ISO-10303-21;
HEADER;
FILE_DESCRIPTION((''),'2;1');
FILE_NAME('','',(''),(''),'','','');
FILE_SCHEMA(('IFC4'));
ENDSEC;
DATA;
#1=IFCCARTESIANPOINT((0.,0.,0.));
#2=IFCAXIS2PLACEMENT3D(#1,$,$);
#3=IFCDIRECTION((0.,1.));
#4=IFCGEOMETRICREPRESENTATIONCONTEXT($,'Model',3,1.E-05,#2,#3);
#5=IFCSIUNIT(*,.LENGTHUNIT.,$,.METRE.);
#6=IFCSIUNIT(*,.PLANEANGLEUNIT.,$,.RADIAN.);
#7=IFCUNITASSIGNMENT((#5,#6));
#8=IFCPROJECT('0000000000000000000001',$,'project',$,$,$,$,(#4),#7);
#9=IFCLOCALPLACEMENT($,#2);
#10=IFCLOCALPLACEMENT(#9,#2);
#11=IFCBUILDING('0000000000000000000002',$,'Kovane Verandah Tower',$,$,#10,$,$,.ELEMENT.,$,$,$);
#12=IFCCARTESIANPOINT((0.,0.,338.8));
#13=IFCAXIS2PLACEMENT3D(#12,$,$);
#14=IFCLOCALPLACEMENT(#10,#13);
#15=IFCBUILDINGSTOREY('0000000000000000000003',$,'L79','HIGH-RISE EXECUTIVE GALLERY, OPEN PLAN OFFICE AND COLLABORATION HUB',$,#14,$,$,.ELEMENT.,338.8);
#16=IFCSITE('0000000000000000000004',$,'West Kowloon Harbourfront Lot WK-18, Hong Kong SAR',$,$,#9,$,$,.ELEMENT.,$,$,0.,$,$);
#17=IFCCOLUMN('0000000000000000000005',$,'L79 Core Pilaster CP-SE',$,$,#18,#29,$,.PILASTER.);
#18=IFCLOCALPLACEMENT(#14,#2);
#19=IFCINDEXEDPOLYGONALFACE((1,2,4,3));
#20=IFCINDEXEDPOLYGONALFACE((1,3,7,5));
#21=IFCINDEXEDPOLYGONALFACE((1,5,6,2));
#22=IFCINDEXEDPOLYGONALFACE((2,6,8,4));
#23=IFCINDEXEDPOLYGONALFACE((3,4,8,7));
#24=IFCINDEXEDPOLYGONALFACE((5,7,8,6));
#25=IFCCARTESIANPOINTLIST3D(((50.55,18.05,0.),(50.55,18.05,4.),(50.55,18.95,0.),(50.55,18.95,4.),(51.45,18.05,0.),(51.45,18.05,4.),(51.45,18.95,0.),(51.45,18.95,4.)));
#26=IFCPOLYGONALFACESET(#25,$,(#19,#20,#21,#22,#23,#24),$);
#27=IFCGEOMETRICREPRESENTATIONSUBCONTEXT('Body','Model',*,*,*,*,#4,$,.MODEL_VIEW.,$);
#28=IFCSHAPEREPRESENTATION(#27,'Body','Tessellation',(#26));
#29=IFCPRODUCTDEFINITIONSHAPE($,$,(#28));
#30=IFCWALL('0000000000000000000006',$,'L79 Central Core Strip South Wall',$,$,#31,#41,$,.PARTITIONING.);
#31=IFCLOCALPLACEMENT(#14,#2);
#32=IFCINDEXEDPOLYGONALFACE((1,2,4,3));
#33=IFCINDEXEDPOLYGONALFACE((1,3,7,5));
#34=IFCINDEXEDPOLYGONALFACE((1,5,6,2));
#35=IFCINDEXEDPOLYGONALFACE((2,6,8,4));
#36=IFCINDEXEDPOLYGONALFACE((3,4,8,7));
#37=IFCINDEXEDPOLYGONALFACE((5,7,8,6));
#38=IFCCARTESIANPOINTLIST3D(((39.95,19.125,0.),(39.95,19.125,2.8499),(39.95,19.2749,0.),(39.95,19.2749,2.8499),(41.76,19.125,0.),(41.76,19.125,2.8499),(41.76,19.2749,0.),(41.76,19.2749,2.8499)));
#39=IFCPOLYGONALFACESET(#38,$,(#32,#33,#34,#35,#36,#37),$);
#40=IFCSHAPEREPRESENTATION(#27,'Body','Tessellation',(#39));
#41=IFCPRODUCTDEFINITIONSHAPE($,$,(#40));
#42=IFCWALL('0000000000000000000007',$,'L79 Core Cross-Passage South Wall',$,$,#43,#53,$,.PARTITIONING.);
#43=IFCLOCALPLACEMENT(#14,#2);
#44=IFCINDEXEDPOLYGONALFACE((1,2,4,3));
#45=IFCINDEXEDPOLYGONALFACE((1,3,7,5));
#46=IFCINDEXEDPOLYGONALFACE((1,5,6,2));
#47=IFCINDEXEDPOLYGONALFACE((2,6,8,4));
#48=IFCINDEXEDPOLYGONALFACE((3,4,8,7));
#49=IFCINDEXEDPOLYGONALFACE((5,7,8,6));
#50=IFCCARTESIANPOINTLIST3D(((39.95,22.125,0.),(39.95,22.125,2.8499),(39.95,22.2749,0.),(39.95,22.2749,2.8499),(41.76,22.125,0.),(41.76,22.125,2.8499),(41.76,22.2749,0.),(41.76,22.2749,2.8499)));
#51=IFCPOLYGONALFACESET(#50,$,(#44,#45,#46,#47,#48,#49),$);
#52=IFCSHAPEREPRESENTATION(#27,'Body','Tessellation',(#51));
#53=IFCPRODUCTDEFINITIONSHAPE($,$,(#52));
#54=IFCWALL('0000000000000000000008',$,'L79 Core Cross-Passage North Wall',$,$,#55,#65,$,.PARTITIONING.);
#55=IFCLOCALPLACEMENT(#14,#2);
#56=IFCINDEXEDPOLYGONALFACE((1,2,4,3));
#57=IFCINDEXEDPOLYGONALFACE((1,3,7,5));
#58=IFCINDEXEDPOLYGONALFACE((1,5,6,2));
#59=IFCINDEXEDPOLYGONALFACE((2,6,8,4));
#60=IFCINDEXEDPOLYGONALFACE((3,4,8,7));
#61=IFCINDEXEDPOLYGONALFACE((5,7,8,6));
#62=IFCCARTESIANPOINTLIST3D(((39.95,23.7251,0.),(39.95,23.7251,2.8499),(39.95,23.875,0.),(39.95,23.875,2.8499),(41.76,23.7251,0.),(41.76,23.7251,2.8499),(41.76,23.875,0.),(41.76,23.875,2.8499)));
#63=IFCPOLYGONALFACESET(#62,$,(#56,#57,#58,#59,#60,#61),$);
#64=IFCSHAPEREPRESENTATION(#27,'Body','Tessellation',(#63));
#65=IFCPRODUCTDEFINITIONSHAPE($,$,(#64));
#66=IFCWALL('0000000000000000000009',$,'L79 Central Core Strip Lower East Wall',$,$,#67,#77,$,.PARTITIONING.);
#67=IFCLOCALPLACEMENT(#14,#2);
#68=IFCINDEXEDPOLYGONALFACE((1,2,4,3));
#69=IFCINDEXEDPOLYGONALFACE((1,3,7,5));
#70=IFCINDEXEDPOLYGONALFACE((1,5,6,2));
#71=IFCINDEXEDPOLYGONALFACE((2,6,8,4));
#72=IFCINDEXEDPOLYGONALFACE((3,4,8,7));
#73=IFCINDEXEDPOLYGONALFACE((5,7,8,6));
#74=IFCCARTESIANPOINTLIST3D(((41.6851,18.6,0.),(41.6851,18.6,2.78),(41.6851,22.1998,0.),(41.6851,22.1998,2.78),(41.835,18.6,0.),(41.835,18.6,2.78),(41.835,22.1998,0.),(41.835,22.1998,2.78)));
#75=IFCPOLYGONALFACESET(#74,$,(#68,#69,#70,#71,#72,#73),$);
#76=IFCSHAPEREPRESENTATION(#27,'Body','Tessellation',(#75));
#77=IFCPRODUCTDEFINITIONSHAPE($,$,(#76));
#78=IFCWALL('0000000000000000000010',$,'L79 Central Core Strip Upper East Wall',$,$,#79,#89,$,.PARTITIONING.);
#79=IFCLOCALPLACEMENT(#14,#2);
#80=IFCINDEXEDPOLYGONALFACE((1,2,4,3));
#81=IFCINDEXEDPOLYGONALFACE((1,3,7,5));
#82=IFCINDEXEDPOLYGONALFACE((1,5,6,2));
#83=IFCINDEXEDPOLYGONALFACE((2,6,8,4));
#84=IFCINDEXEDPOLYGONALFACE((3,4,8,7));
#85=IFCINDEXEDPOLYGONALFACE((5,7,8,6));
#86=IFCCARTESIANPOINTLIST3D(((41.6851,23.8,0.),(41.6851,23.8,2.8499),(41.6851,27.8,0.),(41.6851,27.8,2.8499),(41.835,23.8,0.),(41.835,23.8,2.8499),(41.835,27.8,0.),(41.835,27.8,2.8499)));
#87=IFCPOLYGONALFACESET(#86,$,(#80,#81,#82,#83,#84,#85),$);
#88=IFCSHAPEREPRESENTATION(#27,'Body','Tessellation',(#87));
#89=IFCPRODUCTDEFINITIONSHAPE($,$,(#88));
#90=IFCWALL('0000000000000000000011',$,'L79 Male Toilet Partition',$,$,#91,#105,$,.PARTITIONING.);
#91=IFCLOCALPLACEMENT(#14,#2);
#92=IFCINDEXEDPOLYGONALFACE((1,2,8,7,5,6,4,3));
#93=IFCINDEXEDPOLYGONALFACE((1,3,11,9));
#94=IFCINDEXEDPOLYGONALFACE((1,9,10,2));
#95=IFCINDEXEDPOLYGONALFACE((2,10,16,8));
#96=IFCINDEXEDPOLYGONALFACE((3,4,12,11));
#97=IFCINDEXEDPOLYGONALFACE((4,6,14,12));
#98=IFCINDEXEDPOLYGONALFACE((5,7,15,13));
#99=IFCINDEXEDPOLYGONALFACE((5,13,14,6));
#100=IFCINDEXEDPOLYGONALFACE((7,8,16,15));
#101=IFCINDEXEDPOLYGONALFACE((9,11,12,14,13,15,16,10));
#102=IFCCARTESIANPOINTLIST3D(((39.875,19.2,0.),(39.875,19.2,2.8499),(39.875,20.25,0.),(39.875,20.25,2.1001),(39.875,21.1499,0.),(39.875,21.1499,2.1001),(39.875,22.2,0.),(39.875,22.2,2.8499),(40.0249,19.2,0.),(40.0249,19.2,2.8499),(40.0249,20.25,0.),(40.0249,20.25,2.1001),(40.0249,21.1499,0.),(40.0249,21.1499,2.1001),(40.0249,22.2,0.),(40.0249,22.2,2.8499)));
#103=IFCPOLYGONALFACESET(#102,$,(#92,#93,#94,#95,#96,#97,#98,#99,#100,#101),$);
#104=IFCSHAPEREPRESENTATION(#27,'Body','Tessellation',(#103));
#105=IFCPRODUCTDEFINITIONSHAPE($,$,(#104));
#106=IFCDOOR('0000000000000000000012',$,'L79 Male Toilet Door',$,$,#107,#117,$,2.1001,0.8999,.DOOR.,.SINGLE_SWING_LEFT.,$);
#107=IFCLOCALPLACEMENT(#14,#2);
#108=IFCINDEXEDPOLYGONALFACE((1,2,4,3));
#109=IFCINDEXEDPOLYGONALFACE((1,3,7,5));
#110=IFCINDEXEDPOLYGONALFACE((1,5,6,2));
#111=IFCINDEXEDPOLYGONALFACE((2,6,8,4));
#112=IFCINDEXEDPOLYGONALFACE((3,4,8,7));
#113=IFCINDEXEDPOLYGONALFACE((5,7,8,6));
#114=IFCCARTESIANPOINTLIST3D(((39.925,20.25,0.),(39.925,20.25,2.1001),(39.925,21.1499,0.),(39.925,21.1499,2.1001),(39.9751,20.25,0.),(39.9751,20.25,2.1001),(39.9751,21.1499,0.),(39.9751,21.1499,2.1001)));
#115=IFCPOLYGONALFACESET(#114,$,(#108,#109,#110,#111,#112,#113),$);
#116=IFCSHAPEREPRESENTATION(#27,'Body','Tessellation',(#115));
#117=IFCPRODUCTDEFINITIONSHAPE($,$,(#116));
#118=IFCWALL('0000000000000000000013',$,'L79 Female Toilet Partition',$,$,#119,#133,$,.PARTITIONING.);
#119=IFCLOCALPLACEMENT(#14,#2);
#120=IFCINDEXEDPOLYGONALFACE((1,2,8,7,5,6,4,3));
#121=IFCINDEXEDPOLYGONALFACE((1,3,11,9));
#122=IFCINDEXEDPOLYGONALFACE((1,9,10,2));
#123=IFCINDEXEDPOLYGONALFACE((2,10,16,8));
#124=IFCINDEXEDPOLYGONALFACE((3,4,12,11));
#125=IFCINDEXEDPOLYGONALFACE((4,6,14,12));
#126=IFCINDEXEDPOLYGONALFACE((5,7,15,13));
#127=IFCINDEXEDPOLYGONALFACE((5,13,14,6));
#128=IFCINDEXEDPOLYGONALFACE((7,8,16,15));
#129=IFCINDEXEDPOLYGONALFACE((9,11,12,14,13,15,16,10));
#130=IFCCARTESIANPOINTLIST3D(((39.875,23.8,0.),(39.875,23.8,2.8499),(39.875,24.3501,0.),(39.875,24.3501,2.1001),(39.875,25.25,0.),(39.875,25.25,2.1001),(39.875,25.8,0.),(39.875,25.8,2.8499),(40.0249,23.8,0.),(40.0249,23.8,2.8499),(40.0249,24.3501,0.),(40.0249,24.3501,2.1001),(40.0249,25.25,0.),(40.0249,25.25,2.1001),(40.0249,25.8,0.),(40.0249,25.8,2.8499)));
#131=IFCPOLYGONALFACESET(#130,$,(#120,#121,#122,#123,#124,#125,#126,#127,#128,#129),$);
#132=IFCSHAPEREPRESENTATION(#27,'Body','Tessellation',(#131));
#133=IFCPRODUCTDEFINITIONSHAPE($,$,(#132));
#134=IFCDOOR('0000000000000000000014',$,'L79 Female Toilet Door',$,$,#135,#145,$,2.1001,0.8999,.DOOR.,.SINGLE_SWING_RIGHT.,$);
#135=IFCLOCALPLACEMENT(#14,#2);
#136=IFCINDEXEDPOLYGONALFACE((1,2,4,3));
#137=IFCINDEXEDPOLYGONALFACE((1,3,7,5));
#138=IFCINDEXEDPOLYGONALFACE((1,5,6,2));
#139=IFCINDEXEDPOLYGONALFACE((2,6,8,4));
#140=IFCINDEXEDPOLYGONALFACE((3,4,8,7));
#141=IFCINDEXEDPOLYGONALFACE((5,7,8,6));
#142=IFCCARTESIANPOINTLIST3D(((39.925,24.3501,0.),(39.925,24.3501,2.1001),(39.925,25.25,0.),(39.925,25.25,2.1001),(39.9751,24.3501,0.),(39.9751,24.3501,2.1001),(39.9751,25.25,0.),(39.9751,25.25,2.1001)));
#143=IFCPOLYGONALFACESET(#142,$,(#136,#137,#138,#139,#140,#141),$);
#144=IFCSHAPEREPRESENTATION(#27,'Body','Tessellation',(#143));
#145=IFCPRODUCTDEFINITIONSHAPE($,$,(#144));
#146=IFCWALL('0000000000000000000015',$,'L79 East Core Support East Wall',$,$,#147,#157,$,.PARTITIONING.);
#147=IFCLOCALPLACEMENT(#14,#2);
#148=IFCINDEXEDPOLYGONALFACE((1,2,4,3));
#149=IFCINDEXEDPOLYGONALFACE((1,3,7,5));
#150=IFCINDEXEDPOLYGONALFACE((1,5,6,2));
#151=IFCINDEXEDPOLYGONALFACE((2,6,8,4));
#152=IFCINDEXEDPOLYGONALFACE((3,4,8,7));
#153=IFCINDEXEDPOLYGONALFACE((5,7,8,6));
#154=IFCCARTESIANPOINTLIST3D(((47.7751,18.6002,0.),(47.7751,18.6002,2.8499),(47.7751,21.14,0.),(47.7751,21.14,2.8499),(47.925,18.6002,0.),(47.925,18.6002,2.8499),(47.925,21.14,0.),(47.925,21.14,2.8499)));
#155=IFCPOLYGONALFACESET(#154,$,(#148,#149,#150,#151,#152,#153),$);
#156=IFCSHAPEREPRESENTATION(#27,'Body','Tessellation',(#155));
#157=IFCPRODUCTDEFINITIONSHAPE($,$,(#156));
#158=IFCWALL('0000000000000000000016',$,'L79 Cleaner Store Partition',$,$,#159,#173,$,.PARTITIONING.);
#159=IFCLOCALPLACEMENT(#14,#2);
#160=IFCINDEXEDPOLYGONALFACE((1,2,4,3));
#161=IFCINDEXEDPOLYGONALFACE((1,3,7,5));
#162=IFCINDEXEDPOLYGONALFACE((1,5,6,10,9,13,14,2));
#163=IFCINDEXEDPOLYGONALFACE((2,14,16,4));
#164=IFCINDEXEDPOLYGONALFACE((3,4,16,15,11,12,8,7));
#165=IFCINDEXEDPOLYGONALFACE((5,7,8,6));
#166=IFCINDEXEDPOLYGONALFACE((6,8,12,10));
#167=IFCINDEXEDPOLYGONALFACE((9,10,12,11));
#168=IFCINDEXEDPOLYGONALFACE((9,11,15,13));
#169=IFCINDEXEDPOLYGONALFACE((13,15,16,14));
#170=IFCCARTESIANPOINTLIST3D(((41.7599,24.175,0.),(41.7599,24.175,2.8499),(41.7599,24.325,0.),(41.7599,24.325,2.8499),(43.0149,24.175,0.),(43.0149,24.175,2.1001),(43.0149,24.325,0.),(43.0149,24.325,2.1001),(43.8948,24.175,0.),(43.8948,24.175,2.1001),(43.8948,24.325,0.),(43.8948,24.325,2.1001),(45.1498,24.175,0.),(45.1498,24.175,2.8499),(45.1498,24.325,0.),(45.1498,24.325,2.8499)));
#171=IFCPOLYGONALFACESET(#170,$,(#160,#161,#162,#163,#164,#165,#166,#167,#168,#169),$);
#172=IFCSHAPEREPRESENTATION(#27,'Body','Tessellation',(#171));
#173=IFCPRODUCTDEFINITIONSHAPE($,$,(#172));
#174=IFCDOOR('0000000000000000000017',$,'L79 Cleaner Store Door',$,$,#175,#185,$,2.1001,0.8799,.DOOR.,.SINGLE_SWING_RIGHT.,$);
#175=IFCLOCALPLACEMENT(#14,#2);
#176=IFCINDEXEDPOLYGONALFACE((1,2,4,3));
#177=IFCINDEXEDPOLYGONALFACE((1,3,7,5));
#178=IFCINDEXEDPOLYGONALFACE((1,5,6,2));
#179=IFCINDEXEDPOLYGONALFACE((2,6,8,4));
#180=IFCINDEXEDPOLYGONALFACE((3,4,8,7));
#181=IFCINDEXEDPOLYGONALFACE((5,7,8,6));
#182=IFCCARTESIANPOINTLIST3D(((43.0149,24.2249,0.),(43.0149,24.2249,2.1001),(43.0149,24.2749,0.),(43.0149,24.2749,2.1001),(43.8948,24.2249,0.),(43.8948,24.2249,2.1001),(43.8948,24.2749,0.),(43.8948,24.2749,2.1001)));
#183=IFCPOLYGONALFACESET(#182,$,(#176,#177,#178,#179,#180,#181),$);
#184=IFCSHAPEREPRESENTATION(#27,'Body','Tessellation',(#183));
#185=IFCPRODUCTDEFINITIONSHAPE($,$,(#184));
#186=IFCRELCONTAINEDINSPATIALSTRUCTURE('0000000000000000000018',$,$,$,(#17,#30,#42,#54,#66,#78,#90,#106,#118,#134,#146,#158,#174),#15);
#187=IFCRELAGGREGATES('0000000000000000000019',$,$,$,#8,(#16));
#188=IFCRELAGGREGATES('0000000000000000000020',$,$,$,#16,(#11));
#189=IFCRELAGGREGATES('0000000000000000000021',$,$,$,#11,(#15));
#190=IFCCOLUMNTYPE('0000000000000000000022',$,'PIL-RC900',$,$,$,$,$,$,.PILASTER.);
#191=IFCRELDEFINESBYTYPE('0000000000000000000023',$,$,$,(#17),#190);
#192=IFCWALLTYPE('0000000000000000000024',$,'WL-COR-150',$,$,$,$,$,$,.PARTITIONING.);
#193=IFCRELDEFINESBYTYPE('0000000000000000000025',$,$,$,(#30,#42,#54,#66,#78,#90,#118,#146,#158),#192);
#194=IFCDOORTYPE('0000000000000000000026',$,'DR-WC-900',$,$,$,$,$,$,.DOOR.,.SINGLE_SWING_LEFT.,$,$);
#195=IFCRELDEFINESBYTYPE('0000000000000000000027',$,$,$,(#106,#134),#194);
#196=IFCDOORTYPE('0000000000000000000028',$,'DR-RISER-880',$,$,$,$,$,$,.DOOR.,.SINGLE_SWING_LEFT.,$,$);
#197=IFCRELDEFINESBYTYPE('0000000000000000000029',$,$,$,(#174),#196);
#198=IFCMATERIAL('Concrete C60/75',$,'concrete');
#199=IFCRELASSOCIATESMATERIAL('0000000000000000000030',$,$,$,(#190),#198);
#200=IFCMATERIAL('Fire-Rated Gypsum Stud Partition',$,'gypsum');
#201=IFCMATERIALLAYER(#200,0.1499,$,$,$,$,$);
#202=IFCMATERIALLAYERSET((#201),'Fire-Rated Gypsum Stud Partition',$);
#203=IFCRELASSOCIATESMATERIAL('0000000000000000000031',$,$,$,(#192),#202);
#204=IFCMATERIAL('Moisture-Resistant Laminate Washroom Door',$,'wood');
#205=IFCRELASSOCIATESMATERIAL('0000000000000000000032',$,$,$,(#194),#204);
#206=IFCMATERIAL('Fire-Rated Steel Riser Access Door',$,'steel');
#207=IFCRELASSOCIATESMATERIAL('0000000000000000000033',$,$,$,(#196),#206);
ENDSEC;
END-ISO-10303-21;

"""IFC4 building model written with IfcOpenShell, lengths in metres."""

from ifc_helpers import new_model, si_unit, direction, frame, frame_2d, origin, origin_2d, place, context, subcontext, project, spatial, rectangle, extrude, material, layer, layer_set, material_profile, profile_set, type_object, element, fill, save


model = new_model("IFC4")

# Units and contexts
model_context = context("Model", 3, precision=1e-05, world=origin(), true_north=direction((0.0, 1.0)))
body_context = subcontext(model_context, "Body", "Model", "MODEL_VIEW")
ifc_project = project(units=[si_unit("LENGTHUNIT", "METRE"), si_unit("PLANEANGLEUNIT", "RADIAN")], contexts=[model_context])

# Site, building, storey
site_placement = place(None, origin())
site = spatial("IfcSite", under=ifc_project, at=site_placement, Name="West Kowloon Harbourfront Lot WK-18, Hong Kong SAR", CompositionType="ELEMENT", RefElevation=0.0)
building_placement = place(site_placement, origin())
building = spatial("IfcBuilding", under=site, at=building_placement, Name="Kovane Verandah Tower", CompositionType="ELEMENT")
storey_placement = place(building_placement, frame((0.0, 0.0, 338.8)))
storey = spatial("IfcBuildingStorey", under=building, at=storey_placement, Name="L79", Description="HIGH-RISE EXECUTIVE GALLERY, OPEN PLAN OFFICE AND COLLABORATION HUB", CompositionType="ELEMENT", Elevation=338.8)

# Column
ifc_material_1 = material(Name="Concrete C60/75", Category="concrete")
ifc_material_profile = material_profile(ifc_material_1, rectangle(XDim=0.8999, YDim=0.8999, at=origin_2d()), Name="RC900x900")
ifc_profile_set = profile_set([ifc_material_profile], Name="Concrete C60/75")
column_type = type_object("IfcColumnType", Name="PIL-RC900", PredefinedType="PILASTER", material=ifc_profile_set)
column_placement = place(storey_placement, frame((51.0, 18.5, 0.0), z_axis=(0.0, 0.0, 1.0), x_axis=(1.0, 0.0, 0.0)))
element("IfcColumn", 1, at=column_placement, inside=storey, type_object=column_type, Name="L79 Core Pilaster CP-SE", PredefinedType="PILASTER", context=body_context, shape_type="SweptSolid", body=[
    extrude(rectangle(XDim=0.8999, YDim=0.8999, at=origin_2d()), origin(), (0.0, 0.0, 1.0), 4.0),
])

# Walls
ifc_material_2 = material(Name="Fire-Rated Gypsum Stud Partition", Category="gypsum")
ifc_layer_1 = layer(ifc_material_2, 0.1499)
ifc_layer_set_1 = layer_set([ifc_layer_1], Name="Fire-Rated Gypsum Stud Partition")
wall_type_1 = type_object("IfcWallType", Name="WL-COR-150", PredefinedType="PARTITIONING", material=ifc_layer_set_1)
for number, where, z_axis, x_axis, name in (
    (2, (39.95, 19.2, 0.0), (0.0, 0.0, 1.0), (1.0, 0.0, 0.0), "L79 Central Core Strip South Wall"),
    (3, (39.95, 22.2, 0.0), (0.0, 0.0, 1.0), (1.0, 0.0, 0.0), "L79 Core Cross-Passage South Wall"),
    (4, (39.95, 23.8, 0.0), (0.0, 0.0, 1.0), (1.0, 0.0, 0.0), "L79 Core Cross-Passage North Wall"),
):
    element("IfcWall", number, at=place(storey_placement, frame(where, z_axis=z_axis, x_axis=x_axis)), inside=storey, type_object=wall_type_1, Name=name, PredefinedType="PARTITIONING", context=body_context, shape_type="SweptSolid", body=[
        extrude(rectangle(XDim=1.8101, YDim=0.1499, at=frame_2d((0.905, 0.0))), origin(), (0.0, 0.0, 1.0), 2.8499),
    ])
wall_1_placement = place(storey_placement, frame((41.76, 18.6001, 0.0), z_axis=(0.0, 0.0, 1.0), x_axis=(0.0, 1.0, 0.0)))
element("IfcWall", 5, at=wall_1_placement, inside=storey, type_object=wall_type_1, Name="L79 Central Core Strip Lower East Wall", PredefinedType="PARTITIONING", context=body_context, shape_type="SweptSolid", body=[
    extrude(rectangle(XDim=3.5999, YDim=0.1499, at=frame_2d((1.7998, 0.0))), origin(), (0.0, 0.0, 1.0), 2.78),
])
wall_2_placement = place(storey_placement, frame((41.76, 23.8, 0.0), z_axis=(0.0, 0.0, 1.0), x_axis=(0.0, 1.0, 0.0)))
element("IfcWall", 6, at=wall_2_placement, inside=storey, type_object=wall_type_1, Name="L79 Central Core Strip Upper East Wall", PredefinedType="PARTITIONING", context=body_context, shape_type="SweptSolid", body=[
    extrude(rectangle(XDim=4.0, YDim=0.1499, at=frame_2d((2.0, 0.0))), origin(), (0.0, 0.0, 1.0), 2.8499),
])

# Walls, openings, doors
wall_3_placement = place(storey_placement, frame((39.95, 19.2, 0.0), z_axis=(0.0, 0.0, 1.0), x_axis=(0.0, 1.0, 0.0)))
wall_3 = element("IfcWall", 7, at=wall_3_placement, inside=storey, type_object=wall_type_1, Name="L79 Male Toilet Partition", PredefinedType="PARTITIONING", context=body_context, shape_type="SweptSolid", body=[
    extrude(rectangle(XDim=3.0, YDim=0.1499, at=frame_2d((1.5, 0.0))), origin(), (0.0, 0.0, 1.0), 2.8499),
])
opening_1_placement = place(wall_3_placement, frame((1.05, 0.0, 0.0)))
opening_1 = element("IfcOpeningElement", 8, at=opening_1_placement, cuts=wall_3, PredefinedType="OPENING", context=body_context, shape_type="SweptSolid", body=[
    extrude(rectangle(XDim=0.8999, YDim=2.1001, at=frame_2d((0.45, 1.05))), frame((0.0, 0.075, 0.0), z_axis=(0.0, -1.0, 0.0), x_axis=(1.0, 0.0, 0.0)), (0.0, 0.0, 1.0), 0.1499),
])
ifc_material_3 = material(Name="Moisture-Resistant Laminate Washroom Door", Category="wood")
door_type_1 = type_object("IfcDoorType", Name="DR-WC-900", OperationType="SINGLE_SWING_LEFT", PredefinedType="DOOR", material=ifc_material_3)
door_1_placement = place(opening_1_placement, origin())
door_1 = element("IfcDoor", 9, at=door_1_placement, inside=storey, type_object=door_type_1, Name="L79 Male Toilet Door", OperationType="SINGLE_SWING_LEFT", OverallHeight=2.1001, OverallWidth=0.8999, PredefinedType="DOOR", context=body_context, shape_type="SweptSolid", body=[
    extrude(rectangle(XDim=0.8999, YDim=2.1001, at=frame_2d((0.45, 1.05))), frame((0.0, 0.0249, 0.0), z_axis=(0.0, -1.0, 0.0), x_axis=(1.0, 0.0, 0.0)), (0.0, 0.0, 1.0), 0.05),
])
fill(opening_1, door_1)
wall_4_placement = place(storey_placement, frame((39.95, 23.8, 0.0), z_axis=(0.0, 0.0, 1.0), x_axis=(0.0, 1.0, 0.0)))
wall_4 = element("IfcWall", 10, at=wall_4_placement, inside=storey, type_object=wall_type_1, Name="L79 Female Toilet Partition", PredefinedType="PARTITIONING", context=body_context, shape_type="SweptSolid", body=[
    extrude(rectangle(XDim=2.0, YDim=0.1499, at=frame_2d((1.0, 0.0))), origin(), (0.0, 0.0, 1.0), 2.8499),
])
opening_2_placement = place(wall_4_placement, frame((0.55, 0.0, 0.0)))
opening_2 = element("IfcOpeningElement", 11, at=opening_2_placement, cuts=wall_4, PredefinedType="OPENING", context=body_context, shape_type="SweptSolid", body=[
    extrude(rectangle(XDim=0.8999, YDim=2.1001, at=frame_2d((0.45, 1.05))), frame((0.0, 0.075, 0.0), z_axis=(0.0, -1.0, 0.0), x_axis=(1.0, 0.0, 0.0)), (0.0, 0.0, 1.0), 0.1499),
])
door_2_placement = place(opening_2_placement, origin())
door_2 = element("IfcDoor", 12, at=door_2_placement, inside=storey, type_object=door_type_1, Name="L79 Female Toilet Door", OperationType="SINGLE_SWING_RIGHT", OverallHeight=2.1001, OverallWidth=0.8999, PredefinedType="DOOR", context=body_context, shape_type="SweptSolid", body=[
    extrude(rectangle(XDim=0.8999, YDim=2.1001, at=frame_2d((0.45, 1.05))), frame((0.0, 0.0249, 0.0), z_axis=(0.0, -1.0, 0.0), x_axis=(1.0, 0.0, 0.0)), (0.0, 0.0, 1.0), 0.05),
])
fill(opening_2, door_2)

# Wall
wall_5_placement = place(storey_placement, frame((47.8501, 18.6001, 0.0), z_axis=(0.0, 0.0, 1.0), x_axis=(0.0, 1.0, 0.0)))
element("IfcWall", 13, at=wall_5_placement, inside=storey, type_object=wall_type_1, Name="L79 East Core Support East Wall", PredefinedType="PARTITIONING", context=body_context, shape_type="SweptSolid", body=[
    extrude(rectangle(XDim=2.5398, YDim=0.1499, at=frame_2d((1.27, 0.0))), origin(), (0.0, 0.0, 1.0), 2.8499),
])

# Wall, opening, door
wall_6_placement = place(storey_placement, frame((41.76, 24.25, 0.0), z_axis=(0.0, 0.0, 1.0), x_axis=(1.0, 0.0, 0.0)))
wall_6 = element("IfcWall", 14, at=wall_6_placement, inside=storey, type_object=wall_type_1, Name="L79 Cleaner Store Partition", PredefinedType="PARTITIONING", context=body_context, shape_type="SweptSolid", body=[
    extrude(rectangle(XDim=3.3899, YDim=0.1499, at=frame_2d((1.6948, 0.0))), origin(), (0.0, 0.0, 1.0), 2.8499),
])
opening_3_placement = place(wall_6_placement, frame((1.2549, 0.0, 0.0)))
opening_3 = element("IfcOpeningElement", 15, at=opening_3_placement, cuts=wall_6, PredefinedType="OPENING", context=body_context, shape_type="SweptSolid", body=[
    extrude(rectangle(XDim=0.8799, YDim=2.1001, at=frame_2d((0.4399, 1.05))), frame((0.0, 0.075, 0.0), z_axis=(0.0, -1.0, 0.0), x_axis=(1.0, 0.0, 0.0)), (0.0, 0.0, 1.0), 0.1499),
])
ifc_material_4 = material(Name="Fire-Rated Steel Riser Access Door", Category="steel")
door_type_2 = type_object("IfcDoorType", Name="DR-RISER-880", OperationType="SINGLE_SWING_LEFT", PredefinedType="DOOR", material=ifc_material_4)
door_3_placement = place(opening_3_placement, origin())
door_3 = element("IfcDoor", 16, at=door_3_placement, inside=storey, type_object=door_type_2, Name="L79 Cleaner Store Door", OperationType="SINGLE_SWING_RIGHT", OverallHeight=2.1001, OverallWidth=0.8799, PredefinedType="DOOR", context=body_context, shape_type="SweptSolid", body=[
    extrude(rectangle(XDim=0.8799, YDim=2.1001, at=frame_2d((0.4399, 1.05))), frame((0.0, 0.0249, 0.0), z_axis=(0.0, -1.0, 0.0), x_axis=(1.0, 0.0, 0.0)), (0.0, 0.0, 1.0), 0.05),
])
fill(opening_3, door_3)

save(model, "model.ifc")
